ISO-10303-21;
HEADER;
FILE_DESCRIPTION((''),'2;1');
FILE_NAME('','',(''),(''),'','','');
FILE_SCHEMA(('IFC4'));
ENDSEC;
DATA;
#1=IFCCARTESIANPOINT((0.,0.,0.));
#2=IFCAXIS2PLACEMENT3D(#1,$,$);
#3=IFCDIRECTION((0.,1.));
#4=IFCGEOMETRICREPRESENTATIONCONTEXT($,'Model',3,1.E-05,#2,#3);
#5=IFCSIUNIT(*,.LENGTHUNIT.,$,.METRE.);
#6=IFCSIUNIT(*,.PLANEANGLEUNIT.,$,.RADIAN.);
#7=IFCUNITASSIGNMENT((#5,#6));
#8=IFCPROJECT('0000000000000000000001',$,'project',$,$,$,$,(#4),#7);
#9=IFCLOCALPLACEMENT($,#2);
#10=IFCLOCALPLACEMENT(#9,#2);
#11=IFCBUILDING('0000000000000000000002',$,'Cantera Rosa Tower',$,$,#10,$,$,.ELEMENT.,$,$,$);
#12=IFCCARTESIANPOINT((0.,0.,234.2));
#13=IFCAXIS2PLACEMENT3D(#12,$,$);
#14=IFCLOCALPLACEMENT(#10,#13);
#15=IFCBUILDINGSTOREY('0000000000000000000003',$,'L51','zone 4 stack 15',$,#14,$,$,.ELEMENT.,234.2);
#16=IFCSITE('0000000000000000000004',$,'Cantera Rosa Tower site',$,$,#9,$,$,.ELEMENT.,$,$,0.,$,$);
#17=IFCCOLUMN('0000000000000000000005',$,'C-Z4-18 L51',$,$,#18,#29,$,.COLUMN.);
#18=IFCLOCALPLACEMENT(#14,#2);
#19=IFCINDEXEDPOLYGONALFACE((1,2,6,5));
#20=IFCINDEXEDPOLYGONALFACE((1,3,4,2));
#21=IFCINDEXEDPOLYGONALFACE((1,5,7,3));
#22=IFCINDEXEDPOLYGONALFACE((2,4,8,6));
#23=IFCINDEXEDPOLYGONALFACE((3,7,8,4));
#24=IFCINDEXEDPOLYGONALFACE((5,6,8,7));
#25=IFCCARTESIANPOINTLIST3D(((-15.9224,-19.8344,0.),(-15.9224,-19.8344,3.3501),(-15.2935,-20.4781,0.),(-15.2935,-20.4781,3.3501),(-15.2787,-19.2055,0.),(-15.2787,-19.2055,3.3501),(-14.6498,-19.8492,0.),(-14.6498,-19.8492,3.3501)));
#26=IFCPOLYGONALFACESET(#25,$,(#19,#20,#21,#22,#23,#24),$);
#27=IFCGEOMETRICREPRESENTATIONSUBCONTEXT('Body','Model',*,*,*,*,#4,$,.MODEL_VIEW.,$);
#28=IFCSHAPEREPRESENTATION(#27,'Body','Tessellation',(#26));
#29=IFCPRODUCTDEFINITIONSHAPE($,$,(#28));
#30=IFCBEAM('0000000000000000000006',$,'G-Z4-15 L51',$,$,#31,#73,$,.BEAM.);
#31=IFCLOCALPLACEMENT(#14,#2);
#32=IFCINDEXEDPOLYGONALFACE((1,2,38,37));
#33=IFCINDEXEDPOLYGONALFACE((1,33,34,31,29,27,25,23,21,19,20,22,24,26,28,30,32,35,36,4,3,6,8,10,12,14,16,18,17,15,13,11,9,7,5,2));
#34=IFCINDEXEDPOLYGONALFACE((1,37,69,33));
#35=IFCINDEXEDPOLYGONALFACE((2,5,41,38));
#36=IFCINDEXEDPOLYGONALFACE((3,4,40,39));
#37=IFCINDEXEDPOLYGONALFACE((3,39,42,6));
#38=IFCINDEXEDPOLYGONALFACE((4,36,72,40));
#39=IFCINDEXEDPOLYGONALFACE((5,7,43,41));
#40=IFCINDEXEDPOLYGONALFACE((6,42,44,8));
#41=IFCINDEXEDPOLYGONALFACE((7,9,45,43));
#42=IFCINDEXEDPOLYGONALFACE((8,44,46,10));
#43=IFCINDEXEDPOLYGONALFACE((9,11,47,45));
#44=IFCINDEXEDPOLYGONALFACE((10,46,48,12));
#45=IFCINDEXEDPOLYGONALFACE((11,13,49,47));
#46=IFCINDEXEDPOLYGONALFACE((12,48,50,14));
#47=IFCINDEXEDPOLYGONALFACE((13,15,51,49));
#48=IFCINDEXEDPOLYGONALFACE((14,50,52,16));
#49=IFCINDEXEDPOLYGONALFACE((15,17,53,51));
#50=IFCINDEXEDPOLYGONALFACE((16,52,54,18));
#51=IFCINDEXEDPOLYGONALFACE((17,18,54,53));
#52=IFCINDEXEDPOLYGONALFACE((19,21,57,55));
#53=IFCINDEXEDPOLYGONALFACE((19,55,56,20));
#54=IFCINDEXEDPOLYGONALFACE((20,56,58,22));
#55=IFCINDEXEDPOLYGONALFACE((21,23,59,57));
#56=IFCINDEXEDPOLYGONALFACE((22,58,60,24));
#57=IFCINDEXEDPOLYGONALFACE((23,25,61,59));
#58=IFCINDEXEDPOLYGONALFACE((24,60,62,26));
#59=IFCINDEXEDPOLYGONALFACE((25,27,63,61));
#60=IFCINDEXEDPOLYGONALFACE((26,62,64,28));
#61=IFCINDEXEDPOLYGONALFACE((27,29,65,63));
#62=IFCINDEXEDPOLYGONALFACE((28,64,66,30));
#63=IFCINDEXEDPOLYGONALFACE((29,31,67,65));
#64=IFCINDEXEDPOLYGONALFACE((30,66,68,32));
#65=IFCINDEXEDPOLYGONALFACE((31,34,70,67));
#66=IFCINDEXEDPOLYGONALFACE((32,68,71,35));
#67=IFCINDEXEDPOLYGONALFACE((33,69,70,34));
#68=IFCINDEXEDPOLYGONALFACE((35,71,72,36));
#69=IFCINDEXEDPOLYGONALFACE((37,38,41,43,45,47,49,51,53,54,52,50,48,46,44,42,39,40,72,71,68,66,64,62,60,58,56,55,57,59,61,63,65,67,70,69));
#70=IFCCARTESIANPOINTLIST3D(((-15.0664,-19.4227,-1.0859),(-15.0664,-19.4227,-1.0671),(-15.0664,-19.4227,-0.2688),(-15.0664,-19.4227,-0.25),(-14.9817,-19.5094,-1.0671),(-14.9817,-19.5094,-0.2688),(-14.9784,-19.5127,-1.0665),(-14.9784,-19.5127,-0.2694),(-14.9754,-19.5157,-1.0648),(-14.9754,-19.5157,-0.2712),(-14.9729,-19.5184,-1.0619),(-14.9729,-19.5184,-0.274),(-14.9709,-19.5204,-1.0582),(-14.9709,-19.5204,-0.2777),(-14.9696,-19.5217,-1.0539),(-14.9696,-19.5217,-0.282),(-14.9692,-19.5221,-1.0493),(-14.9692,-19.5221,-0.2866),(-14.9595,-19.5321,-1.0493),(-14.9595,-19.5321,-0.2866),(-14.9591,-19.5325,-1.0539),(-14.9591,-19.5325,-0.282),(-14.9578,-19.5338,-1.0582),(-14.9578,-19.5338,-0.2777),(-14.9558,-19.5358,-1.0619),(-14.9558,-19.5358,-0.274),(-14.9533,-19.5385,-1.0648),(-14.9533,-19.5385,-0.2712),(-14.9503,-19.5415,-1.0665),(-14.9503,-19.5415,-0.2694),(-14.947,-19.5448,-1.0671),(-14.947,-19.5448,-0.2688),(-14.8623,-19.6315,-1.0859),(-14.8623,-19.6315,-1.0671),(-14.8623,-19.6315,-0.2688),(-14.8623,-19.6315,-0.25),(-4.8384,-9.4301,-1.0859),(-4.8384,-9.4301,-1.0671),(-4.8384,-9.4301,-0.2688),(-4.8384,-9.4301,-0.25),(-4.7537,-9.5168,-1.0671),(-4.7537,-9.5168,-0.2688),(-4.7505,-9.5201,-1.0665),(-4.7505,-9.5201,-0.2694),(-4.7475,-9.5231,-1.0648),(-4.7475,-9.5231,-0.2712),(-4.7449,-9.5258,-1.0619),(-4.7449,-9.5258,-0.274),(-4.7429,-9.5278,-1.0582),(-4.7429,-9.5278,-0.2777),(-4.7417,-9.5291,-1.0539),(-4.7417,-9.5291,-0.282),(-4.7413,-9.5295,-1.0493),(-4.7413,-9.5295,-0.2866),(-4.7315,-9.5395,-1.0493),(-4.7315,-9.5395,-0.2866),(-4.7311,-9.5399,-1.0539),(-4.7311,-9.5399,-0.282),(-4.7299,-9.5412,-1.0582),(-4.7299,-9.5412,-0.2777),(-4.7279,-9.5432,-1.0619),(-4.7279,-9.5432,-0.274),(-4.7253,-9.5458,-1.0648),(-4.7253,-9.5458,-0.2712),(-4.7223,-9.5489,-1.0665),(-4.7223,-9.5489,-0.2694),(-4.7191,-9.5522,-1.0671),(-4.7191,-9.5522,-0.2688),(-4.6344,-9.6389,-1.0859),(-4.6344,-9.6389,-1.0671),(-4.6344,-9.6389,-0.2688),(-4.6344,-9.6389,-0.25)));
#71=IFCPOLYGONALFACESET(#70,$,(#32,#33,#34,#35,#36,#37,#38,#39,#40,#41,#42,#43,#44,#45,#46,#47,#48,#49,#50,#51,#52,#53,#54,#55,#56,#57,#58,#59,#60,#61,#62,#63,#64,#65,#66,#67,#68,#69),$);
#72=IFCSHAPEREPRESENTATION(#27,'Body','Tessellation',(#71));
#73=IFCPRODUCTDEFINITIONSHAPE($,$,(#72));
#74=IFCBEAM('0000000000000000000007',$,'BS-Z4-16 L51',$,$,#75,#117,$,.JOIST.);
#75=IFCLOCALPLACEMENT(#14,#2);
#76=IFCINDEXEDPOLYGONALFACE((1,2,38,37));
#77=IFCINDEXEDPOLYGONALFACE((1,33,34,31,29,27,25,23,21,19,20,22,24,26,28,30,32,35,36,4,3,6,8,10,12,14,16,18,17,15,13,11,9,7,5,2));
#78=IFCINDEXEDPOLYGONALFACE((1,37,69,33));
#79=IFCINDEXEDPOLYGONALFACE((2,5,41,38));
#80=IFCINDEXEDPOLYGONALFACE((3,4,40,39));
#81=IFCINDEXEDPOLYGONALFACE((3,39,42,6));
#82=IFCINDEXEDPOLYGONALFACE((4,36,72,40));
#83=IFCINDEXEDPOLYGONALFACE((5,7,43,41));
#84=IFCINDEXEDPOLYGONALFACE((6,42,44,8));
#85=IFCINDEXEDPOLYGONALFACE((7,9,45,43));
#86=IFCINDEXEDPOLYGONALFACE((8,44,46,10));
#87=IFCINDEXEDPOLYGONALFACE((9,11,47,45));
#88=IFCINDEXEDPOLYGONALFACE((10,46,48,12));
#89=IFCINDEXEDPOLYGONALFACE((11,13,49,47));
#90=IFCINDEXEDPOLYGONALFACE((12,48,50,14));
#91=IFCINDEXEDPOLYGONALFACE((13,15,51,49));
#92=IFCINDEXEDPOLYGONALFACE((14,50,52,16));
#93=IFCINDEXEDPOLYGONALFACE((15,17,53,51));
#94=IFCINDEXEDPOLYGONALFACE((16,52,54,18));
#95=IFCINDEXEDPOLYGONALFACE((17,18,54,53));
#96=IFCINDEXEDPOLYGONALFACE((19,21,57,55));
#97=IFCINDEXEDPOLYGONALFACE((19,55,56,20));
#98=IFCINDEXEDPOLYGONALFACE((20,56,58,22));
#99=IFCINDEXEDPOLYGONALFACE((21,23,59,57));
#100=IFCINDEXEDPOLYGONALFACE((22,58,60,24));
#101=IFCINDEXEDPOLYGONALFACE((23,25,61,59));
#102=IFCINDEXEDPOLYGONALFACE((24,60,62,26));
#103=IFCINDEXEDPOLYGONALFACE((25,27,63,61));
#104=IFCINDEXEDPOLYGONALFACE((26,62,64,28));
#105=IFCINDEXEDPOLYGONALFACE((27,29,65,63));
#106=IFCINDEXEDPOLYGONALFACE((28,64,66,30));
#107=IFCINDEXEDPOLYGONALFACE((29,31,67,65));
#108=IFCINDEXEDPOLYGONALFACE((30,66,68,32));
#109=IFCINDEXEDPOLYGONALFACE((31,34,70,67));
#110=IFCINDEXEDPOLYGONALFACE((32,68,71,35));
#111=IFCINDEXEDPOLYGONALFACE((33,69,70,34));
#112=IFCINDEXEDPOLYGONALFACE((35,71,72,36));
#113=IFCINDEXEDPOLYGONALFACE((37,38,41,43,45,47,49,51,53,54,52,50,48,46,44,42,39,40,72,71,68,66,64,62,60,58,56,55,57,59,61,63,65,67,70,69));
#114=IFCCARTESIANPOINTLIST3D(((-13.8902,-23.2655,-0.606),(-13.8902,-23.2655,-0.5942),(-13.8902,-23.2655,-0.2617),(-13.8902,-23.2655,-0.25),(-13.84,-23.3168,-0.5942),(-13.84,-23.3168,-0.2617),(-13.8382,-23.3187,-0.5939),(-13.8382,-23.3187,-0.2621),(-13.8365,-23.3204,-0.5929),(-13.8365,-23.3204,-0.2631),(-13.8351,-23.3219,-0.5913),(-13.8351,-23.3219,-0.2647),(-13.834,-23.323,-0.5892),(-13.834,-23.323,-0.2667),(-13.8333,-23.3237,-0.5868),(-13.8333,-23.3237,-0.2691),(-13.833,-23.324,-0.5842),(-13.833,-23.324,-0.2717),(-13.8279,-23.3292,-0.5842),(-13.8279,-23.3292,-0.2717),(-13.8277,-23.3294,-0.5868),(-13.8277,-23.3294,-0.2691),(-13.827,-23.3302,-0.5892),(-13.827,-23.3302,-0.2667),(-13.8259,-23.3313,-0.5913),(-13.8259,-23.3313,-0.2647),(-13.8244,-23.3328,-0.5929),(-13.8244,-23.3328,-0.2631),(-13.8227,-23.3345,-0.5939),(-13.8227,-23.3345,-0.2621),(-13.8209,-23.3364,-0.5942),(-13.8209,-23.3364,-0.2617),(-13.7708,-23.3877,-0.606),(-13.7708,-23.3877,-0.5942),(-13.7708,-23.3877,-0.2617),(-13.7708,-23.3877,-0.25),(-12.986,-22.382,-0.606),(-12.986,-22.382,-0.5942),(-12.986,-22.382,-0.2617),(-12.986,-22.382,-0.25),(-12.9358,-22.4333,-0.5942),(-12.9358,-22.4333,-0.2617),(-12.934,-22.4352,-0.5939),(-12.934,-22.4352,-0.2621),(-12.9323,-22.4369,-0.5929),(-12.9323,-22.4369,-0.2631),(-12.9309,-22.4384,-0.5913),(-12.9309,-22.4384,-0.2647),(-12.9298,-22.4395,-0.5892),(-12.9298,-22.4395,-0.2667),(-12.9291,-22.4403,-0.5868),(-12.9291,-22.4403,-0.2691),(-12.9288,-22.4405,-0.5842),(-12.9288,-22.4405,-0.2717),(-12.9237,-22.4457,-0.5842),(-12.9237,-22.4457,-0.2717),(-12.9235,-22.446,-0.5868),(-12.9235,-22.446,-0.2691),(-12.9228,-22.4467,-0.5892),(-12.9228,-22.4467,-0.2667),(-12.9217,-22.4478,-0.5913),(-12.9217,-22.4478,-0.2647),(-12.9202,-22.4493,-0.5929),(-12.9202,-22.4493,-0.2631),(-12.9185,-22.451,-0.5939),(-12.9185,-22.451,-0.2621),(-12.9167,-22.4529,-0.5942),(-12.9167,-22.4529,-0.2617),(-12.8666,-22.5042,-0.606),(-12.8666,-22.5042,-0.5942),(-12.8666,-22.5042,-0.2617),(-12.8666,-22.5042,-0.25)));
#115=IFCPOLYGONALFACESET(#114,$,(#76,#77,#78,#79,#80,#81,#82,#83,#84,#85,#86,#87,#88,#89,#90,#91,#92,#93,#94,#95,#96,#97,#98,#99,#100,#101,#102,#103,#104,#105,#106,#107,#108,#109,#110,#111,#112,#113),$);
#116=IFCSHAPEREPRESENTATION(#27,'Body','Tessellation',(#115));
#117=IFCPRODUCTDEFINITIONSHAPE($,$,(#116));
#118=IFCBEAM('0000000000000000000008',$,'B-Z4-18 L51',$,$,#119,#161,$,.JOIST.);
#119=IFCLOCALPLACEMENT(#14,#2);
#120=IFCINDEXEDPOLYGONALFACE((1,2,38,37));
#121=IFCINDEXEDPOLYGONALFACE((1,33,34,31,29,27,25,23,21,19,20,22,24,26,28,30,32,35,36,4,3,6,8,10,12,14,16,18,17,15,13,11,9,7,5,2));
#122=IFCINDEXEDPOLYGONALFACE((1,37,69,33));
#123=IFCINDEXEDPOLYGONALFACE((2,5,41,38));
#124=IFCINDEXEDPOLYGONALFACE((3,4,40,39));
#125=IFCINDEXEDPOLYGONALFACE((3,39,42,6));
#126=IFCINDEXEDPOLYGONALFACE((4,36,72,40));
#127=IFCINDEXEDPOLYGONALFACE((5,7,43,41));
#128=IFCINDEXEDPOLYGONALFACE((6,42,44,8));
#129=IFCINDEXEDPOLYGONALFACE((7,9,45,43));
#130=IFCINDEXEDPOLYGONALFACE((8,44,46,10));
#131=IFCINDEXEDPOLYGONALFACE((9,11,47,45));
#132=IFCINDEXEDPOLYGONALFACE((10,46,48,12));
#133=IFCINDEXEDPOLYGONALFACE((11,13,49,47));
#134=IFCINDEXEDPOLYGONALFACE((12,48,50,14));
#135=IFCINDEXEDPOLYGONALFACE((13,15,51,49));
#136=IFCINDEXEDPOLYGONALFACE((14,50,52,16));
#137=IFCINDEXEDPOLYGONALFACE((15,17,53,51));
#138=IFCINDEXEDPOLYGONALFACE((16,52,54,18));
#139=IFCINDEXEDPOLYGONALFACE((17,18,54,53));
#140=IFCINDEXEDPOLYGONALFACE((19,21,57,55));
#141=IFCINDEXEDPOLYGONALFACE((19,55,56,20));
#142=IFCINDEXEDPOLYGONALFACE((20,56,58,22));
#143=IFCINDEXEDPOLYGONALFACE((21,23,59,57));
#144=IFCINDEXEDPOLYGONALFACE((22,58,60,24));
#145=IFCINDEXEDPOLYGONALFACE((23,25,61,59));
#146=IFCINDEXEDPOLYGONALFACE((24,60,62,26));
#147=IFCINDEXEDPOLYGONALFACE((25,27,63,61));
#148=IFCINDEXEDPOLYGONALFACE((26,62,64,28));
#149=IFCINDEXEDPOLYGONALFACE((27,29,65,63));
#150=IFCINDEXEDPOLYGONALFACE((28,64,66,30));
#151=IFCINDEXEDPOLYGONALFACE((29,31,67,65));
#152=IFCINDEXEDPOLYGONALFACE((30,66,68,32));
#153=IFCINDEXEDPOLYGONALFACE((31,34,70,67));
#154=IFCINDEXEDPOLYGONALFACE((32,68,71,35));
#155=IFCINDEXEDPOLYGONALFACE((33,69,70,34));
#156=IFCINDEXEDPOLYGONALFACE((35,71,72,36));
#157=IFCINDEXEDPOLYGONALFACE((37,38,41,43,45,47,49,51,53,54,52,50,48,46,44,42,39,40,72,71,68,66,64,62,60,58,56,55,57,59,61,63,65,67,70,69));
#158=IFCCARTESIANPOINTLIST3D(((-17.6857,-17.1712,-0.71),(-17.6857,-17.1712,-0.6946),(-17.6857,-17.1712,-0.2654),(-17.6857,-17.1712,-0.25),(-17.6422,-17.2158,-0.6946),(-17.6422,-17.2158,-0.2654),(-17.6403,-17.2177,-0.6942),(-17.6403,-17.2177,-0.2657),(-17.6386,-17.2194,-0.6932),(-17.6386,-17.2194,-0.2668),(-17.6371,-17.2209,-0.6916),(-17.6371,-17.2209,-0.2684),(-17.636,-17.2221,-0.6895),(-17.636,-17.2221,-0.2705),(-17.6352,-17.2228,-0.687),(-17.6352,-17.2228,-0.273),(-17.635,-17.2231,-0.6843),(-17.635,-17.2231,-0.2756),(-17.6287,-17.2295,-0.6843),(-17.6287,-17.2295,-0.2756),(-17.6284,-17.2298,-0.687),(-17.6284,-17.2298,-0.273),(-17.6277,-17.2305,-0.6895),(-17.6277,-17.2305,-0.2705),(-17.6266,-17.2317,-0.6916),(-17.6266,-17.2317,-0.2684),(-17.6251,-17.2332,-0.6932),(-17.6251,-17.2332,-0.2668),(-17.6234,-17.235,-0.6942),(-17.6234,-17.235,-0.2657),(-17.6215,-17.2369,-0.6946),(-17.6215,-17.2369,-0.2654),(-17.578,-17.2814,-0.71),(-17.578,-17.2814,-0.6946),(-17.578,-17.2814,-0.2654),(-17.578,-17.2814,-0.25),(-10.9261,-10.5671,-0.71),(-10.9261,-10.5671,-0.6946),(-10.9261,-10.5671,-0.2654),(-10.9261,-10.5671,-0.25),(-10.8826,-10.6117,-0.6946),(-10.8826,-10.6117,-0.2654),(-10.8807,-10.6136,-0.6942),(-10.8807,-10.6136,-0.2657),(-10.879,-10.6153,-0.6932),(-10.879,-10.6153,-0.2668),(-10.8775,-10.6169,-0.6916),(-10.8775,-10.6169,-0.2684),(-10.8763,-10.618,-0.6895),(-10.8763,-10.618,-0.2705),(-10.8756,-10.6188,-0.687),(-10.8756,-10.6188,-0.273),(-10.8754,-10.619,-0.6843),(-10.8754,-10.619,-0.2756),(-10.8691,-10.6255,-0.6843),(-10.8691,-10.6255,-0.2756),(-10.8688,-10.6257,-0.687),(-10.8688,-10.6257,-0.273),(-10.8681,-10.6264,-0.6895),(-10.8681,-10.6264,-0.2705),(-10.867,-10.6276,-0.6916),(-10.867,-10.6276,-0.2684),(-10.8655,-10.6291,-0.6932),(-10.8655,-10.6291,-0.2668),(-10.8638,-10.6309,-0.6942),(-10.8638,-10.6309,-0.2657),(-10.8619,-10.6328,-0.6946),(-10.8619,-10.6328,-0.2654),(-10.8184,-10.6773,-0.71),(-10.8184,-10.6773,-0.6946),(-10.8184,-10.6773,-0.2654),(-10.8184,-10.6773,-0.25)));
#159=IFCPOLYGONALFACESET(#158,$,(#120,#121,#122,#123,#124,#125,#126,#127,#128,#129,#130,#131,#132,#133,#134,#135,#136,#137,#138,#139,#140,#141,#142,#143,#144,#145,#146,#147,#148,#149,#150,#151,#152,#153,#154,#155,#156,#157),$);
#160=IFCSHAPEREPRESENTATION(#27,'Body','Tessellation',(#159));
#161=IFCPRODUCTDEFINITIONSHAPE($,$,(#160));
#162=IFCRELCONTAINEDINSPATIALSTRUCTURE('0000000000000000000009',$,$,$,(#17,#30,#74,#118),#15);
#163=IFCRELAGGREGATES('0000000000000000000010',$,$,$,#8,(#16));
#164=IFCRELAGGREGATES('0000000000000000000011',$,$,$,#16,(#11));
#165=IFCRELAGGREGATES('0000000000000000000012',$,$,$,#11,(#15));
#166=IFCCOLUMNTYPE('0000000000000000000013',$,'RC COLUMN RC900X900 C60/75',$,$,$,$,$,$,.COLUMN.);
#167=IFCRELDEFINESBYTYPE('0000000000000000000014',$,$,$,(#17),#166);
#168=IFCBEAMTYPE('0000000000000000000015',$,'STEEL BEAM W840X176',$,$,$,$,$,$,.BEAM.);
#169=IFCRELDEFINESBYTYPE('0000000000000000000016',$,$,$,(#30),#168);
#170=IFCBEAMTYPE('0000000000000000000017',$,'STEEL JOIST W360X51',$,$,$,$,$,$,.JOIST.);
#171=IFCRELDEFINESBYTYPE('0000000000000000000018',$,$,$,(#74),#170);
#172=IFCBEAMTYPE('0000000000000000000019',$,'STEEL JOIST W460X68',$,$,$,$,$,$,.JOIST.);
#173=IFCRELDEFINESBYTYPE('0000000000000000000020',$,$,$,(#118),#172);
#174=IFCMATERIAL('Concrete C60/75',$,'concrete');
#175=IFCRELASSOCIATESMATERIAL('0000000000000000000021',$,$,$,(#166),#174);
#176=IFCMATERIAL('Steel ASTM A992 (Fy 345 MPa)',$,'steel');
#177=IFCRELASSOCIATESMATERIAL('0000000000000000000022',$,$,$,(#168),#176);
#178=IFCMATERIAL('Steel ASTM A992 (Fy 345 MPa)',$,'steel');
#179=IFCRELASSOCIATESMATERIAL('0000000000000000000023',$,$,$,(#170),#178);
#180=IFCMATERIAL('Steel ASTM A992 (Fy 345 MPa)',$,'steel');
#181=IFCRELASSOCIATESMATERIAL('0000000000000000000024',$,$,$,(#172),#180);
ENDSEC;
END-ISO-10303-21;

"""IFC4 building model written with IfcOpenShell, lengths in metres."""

from ifc_helpers import new_model, si_unit, direction, frame, origin, origin_2d, place, context, subcontext, project, spatial, rectangle, i_section, extrude, material, material_profile, profile_set, type_object, element, save


model = new_model("IFC4")

# Units and contexts
model_context = context("Model", 3, precision=1e-05, world=origin(), true_north=direction((0.0, 1.0)))
body_context = subcontext(model_context, "Body", "Model", "MODEL_VIEW")
ifc_project = project(units=[si_unit("LENGTHUNIT", "METRE"), si_unit("PLANEANGLEUNIT", "RADIAN")], contexts=[model_context])

# Site, building, storey
site_placement = place(None, origin())
site = spatial("IfcSite", under=ifc_project, at=site_placement, Name="Cantera Rosa Tower site", CompositionType="ELEMENT", RefElevation=0.0)
building_placement = place(site_placement, origin())
building = spatial("IfcBuilding", under=site, at=building_placement, Name="Cantera Rosa Tower", CompositionType="ELEMENT")
storey_placement = place(building_placement, frame((0.0, 0.0, 234.2)))
storey = spatial("IfcBuildingStorey", under=building, at=storey_placement, Name="L51", Description="zone 4 stack 15", CompositionType="ELEMENT", Elevation=234.2)

# Column
ifc_material_1 = material(Name="Concrete C60/75", Category="concrete")
ifc_material_profile_1 = material_profile(ifc_material_1, rectangle(XDim=0.8999, YDim=0.8999, at=origin_2d()), Name="RC COLUMN RC900X900 C60/75")
ifc_profile_set_1 = profile_set([ifc_material_profile_1], Name="Concrete C60/75")
column_type = type_object("IfcColumnType", Name="RC COLUMN RC900X900 C60/75", PredefinedType="COLUMN", material=ifc_profile_set_1)
column_placement = place(storey_placement, frame((-15.2861, -19.8418, 0.0), z_axis=(0.0, 0.0, 1.0), x_axis=(0.715286, 0.698832, 0.0)))
element("IfcColumn", 1, at=column_placement, inside=storey, type_object=column_type, Name="C-Z4-18 L51", PredefinedType="COLUMN", context=body_context, shape_type="SweptSolid", body=[
    extrude(rectangle(XDim=0.8999, YDim=0.8999, at=origin_2d()), origin(), (0.0, 0.0, 1.0), 3.3501),
])

# Beams
ifc_material_2 = material(Name="Steel ASTM A992 (Fy 345 MPa)", Category="steel")
ifc_material_profile_2 = material_profile(ifc_material_2, i_section(OverallWidth=0.292, OverallDepth=0.8359, WebThickness=0.0139, FlangeThickness=0.0188, FilletRadius=0.0178, at=origin_2d()), Name="W840X176")
ifc_profile_set_2 = profile_set([ifc_material_profile_2], Name="Steel ASTM A992 (Fy 345 MPa)")
beam_type_1 = type_object("IfcBeamType", Name="STEEL BEAM W840X176", PredefinedType="BEAM", material=ifc_profile_set_2)
beam_1_placement = place(storey_placement, frame((-14.9644, -19.5271, -0.668), z_axis=(0.715288, 0.698829, 0.0), x_axis=(-0.698829, 0.715288, 0.0)))
element("IfcBeam", 2, at=beam_1_placement, inside=storey, type_object=beam_type_1, Name="G-Z4-15 L51", PredefinedType="BEAM", context=body_context, shape_type="SweptSolid", body=[
    extrude(i_section(OverallWidth=0.292, OverallDepth=0.8359, WebThickness=0.0139, FlangeThickness=0.0188, FilletRadius=0.0178, at=origin_2d()), origin(), (0.0, 0.0, 1.0), 14.2991),
])
ifc_material_3 = material(Name="Steel ASTM A992 (Fy 345 MPa)", Category="steel")
ifc_material_profile_3 = material_profile(ifc_material_3, i_section(OverallWidth=0.1709, OverallDepth=0.356, WebThickness=0.0073, FlangeThickness=0.0117, FilletRadius=0.01, at=origin_2d()), Name="W360X51")
ifc_profile_set_3 = profile_set([ifc_material_profile_3], Name="Steel ASTM A992 (Fy 345 MPa)")
beam_type_2 = type_object("IfcBeamType", Name="STEEL JOIST W360X51", PredefinedType="JOIST", material=ifc_profile_set_3)
beam_2_placement = place(storey_placement, frame((-12.9263, -22.4431, -0.428), z_axis=(-0.715266, -0.698852, 0.0), x_axis=(0.698852, -0.715266, 0.0)))
element("IfcBeam", 3, at=beam_2_placement, inside=storey, type_object=beam_type_2, Name="BS-Z4-16 L51", PredefinedType="JOIST", context=body_context, shape_type="SweptSolid", body=[
    extrude(i_section(OverallWidth=0.1709, OverallDepth=0.356, WebThickness=0.0073, FlangeThickness=0.0117, FilletRadius=0.01, at=origin_2d()), origin(), (0.0, 0.0, 1.0), 1.2642),
])
ifc_material_4 = material(Name="Steel ASTM A992 (Fy 345 MPa)", Category="steel")
ifc_material_profile_4 = material_profile(ifc_material_4, i_section(OverallWidth=0.1541, OverallDepth=0.46, WebThickness=0.009, FlangeThickness=0.0154, FilletRadius=0.0103, at=origin_2d()), Name="W460X68")
ifc_profile_set_4 = profile_set([ifc_material_profile_4], Name="Steel ASTM A992 (Fy 345 MPa)")
beam_type_3 = type_object("IfcBeamType", Name="STEEL JOIST W460X68", PredefinedType="JOIST", material=ifc_profile_set_4)
for number, where, z_axis, x_axis, name in (
    (4, (-17.6318, -17.2263, -0.48), (0.715287, 0.698831, 0.0), (-0.698831, 0.715287, 0.0), "B-Z4-18 L51"),
):
    element("IfcBeam", number, at=place(storey_placement, frame(where, z_axis=z_axis, x_axis=x_axis)), inside=storey, type_object=beam_type_3, Name=name, PredefinedType="JOIST", context=body_context, shape_type="SweptSolid", body=[
        extrude(i_section(OverallWidth=0.1541, OverallDepth=0.46, WebThickness=0.009, FlangeThickness=0.0154, FilletRadius=0.0103, at=origin_2d()), origin(), (0.0, 0.0, 1.0), 9.4502),
    ])

save(model, "model.ifc")
